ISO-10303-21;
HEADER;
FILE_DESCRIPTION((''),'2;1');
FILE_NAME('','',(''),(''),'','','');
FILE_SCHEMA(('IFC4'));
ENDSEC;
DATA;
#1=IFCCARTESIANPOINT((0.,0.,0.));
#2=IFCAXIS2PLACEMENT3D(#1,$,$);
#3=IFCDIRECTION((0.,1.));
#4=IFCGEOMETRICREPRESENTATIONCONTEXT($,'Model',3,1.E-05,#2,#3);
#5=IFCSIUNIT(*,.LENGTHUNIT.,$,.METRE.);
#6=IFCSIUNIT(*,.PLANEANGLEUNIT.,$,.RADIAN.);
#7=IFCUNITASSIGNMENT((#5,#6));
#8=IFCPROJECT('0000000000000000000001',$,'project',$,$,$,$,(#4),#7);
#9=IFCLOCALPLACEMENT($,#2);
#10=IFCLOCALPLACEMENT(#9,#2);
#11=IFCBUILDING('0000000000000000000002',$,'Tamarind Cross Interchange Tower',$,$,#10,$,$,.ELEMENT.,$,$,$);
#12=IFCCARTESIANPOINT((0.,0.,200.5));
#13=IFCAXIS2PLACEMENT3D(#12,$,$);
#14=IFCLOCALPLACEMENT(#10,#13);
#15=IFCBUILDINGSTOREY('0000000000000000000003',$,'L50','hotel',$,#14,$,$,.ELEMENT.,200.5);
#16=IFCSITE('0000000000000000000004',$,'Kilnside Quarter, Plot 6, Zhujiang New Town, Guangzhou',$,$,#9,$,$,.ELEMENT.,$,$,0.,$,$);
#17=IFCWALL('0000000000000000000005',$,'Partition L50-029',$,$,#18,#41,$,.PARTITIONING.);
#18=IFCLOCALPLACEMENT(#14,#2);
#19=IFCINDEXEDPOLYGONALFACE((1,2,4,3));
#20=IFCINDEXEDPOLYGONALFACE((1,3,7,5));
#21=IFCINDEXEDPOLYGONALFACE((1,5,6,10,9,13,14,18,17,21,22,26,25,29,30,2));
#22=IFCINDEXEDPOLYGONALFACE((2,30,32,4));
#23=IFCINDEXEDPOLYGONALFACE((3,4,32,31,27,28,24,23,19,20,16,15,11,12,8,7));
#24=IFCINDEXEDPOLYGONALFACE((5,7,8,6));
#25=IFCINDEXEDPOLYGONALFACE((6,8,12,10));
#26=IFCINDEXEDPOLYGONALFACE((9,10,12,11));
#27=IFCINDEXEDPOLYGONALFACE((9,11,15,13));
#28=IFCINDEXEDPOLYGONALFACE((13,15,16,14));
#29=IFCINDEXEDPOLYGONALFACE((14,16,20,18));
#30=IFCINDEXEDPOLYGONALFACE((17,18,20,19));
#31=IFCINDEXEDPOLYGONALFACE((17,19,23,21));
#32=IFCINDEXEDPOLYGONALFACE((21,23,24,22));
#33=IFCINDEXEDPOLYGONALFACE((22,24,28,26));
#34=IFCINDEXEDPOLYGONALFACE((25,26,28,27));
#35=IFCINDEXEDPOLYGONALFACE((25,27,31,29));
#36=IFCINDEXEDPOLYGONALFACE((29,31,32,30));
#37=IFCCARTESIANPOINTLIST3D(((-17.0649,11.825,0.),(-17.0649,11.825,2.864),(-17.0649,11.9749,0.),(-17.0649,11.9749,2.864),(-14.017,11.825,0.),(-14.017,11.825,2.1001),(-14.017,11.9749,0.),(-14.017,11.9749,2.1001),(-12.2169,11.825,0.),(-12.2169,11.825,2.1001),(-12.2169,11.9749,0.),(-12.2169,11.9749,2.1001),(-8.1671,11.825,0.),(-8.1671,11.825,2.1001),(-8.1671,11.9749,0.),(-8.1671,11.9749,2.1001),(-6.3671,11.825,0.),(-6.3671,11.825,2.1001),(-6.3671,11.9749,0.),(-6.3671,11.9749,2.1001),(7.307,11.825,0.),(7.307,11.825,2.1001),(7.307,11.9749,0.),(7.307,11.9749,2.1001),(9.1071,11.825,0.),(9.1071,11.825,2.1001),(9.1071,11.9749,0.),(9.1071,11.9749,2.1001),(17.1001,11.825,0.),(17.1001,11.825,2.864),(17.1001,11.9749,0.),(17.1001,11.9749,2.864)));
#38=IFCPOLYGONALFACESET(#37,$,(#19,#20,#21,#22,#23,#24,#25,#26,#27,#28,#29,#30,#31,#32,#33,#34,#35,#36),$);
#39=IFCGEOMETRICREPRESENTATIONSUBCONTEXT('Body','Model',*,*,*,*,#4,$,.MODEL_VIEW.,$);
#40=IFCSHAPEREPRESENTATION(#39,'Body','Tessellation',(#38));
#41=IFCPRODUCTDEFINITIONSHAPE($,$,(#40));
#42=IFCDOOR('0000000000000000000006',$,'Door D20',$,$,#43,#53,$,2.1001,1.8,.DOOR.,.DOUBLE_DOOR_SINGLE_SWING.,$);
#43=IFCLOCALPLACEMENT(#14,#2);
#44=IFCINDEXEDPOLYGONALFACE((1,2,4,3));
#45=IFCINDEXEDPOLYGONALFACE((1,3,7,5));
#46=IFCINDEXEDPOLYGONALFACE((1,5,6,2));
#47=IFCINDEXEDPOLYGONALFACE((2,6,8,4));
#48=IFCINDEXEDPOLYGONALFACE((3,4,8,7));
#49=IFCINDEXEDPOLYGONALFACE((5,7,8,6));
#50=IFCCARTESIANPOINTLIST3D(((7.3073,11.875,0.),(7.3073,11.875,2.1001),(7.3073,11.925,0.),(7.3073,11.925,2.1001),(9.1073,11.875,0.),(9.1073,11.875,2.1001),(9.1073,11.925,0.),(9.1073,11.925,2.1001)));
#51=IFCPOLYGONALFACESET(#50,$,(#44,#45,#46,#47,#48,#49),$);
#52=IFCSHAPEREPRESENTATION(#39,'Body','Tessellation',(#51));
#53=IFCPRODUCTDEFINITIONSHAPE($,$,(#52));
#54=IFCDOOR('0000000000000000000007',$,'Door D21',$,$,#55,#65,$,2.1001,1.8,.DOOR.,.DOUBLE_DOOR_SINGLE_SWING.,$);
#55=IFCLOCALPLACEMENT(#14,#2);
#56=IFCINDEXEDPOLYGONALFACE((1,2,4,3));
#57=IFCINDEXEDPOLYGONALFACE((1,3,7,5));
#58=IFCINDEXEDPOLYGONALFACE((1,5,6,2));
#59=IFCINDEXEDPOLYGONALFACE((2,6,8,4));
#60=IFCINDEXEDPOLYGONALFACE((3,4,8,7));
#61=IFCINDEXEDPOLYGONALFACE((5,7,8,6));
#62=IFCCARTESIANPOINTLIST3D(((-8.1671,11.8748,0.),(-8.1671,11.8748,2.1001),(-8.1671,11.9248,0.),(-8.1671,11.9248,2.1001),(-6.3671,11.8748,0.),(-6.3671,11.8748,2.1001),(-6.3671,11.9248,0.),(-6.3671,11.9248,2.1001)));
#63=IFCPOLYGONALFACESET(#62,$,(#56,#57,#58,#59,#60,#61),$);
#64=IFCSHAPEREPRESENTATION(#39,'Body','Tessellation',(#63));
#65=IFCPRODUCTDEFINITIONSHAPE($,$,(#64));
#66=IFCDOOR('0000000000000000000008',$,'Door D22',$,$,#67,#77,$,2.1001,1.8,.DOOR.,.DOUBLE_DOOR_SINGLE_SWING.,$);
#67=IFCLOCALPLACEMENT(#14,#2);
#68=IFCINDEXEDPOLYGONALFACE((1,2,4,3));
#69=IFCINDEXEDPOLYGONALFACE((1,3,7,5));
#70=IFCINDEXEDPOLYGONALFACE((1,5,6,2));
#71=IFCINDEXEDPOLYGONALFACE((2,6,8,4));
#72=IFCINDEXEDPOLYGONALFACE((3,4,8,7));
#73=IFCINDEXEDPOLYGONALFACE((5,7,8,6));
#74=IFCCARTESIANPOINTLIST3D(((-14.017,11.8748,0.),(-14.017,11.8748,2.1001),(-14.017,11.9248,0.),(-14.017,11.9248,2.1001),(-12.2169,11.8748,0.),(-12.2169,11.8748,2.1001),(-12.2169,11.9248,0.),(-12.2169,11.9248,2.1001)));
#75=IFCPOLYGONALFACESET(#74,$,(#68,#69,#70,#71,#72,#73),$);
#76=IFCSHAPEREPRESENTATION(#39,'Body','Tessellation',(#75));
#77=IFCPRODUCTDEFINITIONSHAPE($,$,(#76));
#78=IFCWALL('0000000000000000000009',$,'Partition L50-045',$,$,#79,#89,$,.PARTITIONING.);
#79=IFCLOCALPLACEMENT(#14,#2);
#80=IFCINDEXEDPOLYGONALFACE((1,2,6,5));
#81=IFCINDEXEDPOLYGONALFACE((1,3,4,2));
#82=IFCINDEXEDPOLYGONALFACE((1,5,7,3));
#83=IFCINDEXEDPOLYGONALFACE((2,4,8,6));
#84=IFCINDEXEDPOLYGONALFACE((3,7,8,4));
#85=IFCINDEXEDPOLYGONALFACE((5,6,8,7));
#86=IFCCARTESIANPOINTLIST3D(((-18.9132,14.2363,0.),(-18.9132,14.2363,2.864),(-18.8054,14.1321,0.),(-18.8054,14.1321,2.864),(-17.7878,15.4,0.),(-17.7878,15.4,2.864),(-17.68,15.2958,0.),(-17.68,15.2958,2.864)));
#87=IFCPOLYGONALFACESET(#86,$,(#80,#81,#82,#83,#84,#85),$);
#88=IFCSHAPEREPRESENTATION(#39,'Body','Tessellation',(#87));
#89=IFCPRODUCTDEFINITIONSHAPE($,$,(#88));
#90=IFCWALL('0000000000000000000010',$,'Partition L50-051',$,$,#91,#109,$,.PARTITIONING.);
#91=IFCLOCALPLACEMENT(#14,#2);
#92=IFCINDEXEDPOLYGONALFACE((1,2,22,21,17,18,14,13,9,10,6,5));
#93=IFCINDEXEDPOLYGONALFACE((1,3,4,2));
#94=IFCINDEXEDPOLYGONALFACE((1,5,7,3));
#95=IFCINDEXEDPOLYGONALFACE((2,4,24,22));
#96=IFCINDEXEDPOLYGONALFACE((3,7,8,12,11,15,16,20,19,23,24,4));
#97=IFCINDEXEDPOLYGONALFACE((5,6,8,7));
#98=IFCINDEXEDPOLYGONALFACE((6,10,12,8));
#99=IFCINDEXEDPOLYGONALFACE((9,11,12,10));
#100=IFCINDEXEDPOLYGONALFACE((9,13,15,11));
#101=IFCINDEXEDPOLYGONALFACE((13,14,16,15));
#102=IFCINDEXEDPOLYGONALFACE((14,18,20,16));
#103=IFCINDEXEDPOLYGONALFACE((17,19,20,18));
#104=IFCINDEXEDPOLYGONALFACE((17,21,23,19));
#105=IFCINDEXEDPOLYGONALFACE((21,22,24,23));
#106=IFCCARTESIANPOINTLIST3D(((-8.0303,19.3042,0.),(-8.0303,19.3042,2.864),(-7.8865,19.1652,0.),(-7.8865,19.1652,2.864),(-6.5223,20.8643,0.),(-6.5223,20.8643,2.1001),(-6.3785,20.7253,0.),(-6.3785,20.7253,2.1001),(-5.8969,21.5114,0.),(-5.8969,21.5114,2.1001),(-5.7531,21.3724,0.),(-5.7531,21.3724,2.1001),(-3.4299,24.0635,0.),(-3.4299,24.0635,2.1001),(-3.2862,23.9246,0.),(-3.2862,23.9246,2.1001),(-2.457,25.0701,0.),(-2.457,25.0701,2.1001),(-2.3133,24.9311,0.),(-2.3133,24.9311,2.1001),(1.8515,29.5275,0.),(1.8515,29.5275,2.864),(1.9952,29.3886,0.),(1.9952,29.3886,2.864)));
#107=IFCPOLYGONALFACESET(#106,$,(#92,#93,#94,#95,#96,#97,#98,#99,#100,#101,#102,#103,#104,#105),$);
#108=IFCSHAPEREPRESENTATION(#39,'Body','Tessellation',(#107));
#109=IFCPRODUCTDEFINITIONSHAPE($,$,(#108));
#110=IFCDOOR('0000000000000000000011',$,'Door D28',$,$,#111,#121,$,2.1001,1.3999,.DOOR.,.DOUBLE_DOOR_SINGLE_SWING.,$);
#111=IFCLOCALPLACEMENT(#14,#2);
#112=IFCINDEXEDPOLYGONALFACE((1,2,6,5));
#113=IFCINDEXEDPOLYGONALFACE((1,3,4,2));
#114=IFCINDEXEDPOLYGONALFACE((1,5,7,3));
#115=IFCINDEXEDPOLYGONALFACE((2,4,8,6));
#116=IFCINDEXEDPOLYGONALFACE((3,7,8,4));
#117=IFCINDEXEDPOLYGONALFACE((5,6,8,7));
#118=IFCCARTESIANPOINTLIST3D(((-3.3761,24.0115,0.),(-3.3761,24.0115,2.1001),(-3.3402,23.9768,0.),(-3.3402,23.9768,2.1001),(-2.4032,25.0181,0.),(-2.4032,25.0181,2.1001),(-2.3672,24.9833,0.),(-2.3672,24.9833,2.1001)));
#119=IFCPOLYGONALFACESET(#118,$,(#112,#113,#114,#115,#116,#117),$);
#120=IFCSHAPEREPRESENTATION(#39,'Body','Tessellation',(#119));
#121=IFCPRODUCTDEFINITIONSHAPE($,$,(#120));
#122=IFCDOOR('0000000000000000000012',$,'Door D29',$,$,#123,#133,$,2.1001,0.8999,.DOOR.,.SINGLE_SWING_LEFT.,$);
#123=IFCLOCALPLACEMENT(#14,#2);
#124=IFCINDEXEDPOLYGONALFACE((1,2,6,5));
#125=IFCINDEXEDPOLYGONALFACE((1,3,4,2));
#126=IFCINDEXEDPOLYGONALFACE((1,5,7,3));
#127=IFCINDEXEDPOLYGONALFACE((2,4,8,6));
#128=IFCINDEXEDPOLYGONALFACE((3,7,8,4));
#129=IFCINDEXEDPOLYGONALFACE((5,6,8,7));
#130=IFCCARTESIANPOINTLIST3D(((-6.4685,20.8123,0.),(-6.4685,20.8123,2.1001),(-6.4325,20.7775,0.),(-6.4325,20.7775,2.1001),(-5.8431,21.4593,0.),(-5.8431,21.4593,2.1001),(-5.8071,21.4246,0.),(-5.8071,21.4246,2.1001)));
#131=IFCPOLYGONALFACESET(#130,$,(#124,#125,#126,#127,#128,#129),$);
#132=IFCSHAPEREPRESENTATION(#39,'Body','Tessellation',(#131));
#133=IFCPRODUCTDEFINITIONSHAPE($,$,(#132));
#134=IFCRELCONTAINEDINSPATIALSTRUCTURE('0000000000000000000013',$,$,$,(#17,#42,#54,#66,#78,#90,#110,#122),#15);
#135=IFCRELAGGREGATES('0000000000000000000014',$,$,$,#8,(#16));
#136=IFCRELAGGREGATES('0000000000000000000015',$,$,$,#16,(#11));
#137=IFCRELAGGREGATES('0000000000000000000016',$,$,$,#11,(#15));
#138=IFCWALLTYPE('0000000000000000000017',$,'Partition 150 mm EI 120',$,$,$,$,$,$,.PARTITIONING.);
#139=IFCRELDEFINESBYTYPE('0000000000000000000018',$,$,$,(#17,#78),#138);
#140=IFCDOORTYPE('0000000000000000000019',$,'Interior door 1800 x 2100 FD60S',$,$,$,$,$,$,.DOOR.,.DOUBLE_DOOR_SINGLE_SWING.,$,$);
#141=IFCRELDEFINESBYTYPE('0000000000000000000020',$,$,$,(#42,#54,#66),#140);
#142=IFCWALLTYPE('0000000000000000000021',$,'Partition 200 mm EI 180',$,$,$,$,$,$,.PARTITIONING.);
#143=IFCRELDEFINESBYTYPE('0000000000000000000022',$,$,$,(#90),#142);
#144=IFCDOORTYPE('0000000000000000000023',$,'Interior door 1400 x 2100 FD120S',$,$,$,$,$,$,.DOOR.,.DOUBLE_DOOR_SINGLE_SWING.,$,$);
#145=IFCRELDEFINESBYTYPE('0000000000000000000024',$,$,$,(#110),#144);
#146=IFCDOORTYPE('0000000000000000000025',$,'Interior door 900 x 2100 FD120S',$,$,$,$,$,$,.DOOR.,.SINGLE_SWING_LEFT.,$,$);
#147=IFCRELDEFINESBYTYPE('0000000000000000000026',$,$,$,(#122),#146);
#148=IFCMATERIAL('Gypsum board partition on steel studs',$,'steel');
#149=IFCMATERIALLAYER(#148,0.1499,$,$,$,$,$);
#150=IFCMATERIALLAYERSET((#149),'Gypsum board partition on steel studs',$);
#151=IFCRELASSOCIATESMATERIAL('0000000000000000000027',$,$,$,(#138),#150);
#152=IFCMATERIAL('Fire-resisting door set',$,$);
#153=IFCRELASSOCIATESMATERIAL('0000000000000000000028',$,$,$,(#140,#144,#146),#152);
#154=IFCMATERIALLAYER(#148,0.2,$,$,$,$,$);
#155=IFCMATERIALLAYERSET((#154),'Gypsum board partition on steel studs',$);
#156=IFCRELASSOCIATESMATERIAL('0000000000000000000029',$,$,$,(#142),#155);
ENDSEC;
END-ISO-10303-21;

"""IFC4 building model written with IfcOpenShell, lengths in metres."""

from ifc_helpers import new_model, si_unit, direction, frame, frame_2d, origin, place, context, subcontext, project, spatial, rectangle, extrude, material, layer, layer_set, type_object, element, fill, save


model = new_model("IFC4")

# Units and contexts
model_context = context("Model", 3, precision=1e-05, world=origin(), true_north=direction((0.0, 1.0)))
body_context = subcontext(model_context, "Body", "Model", "MODEL_VIEW")
ifc_project = project(units=[si_unit("LENGTHUNIT", "METRE"), si_unit("PLANEANGLEUNIT", "RADIAN")], contexts=[model_context])

# Site, building, storey
site_placement = place(None, origin())
site = spatial("IfcSite", under=ifc_project, at=site_placement, Name="Kilnside Quarter, Plot 6, Zhujiang New Town, Guangzhou", CompositionType="ELEMENT", RefElevation=0.0)
building_placement = place(site_placement, origin())
building = spatial("IfcBuilding", under=site, at=building_placement, Name="Tamarind Cross Interchange Tower", CompositionType="ELEMENT")
storey_placement = place(building_placement, frame((0.0, 0.0, 200.5)))
storey = spatial("IfcBuildingStorey", under=building, at=storey_placement, Name="L50", Description="hotel", CompositionType="ELEMENT", Elevation=200.5)

# Shared definitions
ifc_material_1 = material(Name="Gypsum board partition on steel studs", Category="steel")
ifc_layer_1 = layer(ifc_material_1, 0.1499)
ifc_layer_set_1 = layer_set([ifc_layer_1], Name="Gypsum board partition on steel studs")
wall_type_1 = type_object("IfcWallType", Name="Partition 150 mm EI 120", PredefinedType="PARTITIONING", material=ifc_layer_set_1)

# Wall, openings, doors
wall_1_placement = place(storey_placement, frame((-17.0649, 11.8999, 0.0), z_axis=(0.0, 0.0, 1.0), x_axis=(1.0, 0.0, 0.0)))
wall_1 = element("IfcWall", 1, at=wall_1_placement, inside=storey, type_object=wall_type_1, Name="Partition L50-029", PredefinedType="PARTITIONING", context=body_context, shape_type="SweptSolid", body=[
    extrude(rectangle(XDim=34.165, YDim=0.1499, at=frame_2d((17.0825, 0.0))), origin(), (0.0, 0.0, 1.0), 2.864),
])
opening_1_placement = place(wall_1_placement, frame((24.3721, 0.0, 0.0)))
opening_1 = element("IfcOpeningElement", 2, at=opening_1_placement, cuts=wall_1, PredefinedType="OPENING", context=body_context, shape_type="SweptSolid", body=[
    extrude(rectangle(XDim=1.8, YDim=2.1001, at=frame_2d((0.8999, 1.05))), frame((0.0, 0.085, 0.0), z_axis=(0.0, -1.0, 0.0), x_axis=(1.0, 0.0, 0.0)), (0.0, 0.0, 1.0), 0.1699),
])
opening_2_placement = place(wall_1_placement, frame((8.8979, 0.0, 0.0)))
opening_2 = element("IfcOpeningElement", 3, at=opening_2_placement, cuts=wall_1, PredefinedType="OPENING", context=body_context, shape_type="SweptSolid", body=[
    extrude(rectangle(XDim=1.8, YDim=2.1001, at=frame_2d((0.8999, 1.05))), frame((0.0, 0.085, 0.0), z_axis=(0.0, -1.0, 0.0), x_axis=(1.0, 0.0, 0.0)), (0.0, 0.0, 1.0), 0.1699),
])
opening_3_placement = place(wall_1_placement, frame((3.0481, 0.0, 0.0)))
opening_3 = element("IfcOpeningElement", 4, at=opening_3_placement, cuts=wall_1, PredefinedType="OPENING", context=body_context, shape_type="SweptSolid", body=[
    extrude(rectangle(XDim=1.8, YDim=2.1001, at=frame_2d((0.8999, 1.05))), frame((0.0, 0.085, 0.0), z_axis=(0.0, -1.0, 0.0), x_axis=(1.0, 0.0, 0.0)), (0.0, 0.0, 1.0), 0.1699),
])
ifc_material_2 = material(Name="Fire-resisting door set")
door_type_1 = type_object("IfcDoorType", Name="Interior door 1800 x 2100 FD60S", OperationType="DOUBLE_DOOR_SINGLE_SWING", PredefinedType="DOOR", material=ifc_material_2)
door_1_placement = place(opening_1_placement, frame((1.8, 0.0, 0.0), z_axis=(0.0, 0.0, 1.0), x_axis=(-1.0, 0.0, 0.0)))
door_1 = element("IfcDoor", 5, at=door_1_placement, inside=storey, type_object=door_type_1, Name="Door D20", OperationType="DOUBLE_DOOR_SINGLE_SWING", OverallHeight=2.1001, OverallWidth=1.8, PredefinedType="DOOR", context=body_context, shape_type="SweptSolid", body=[
    extrude(rectangle(XDim=1.8, YDim=2.1001, at=frame_2d((0.8999, 1.05))), frame((0.0, 0.0249, 0.0), z_axis=(0.0, -1.0, 0.0), x_axis=(1.0, 0.0, 0.0)), (0.0, 0.0, 1.0), 0.05),
])
fill(opening_1, door_1)
door_2_placement = place(opening_2_placement, origin())
door_2 = element("IfcDoor", 6, at=door_2_placement, inside=storey, type_object=door_type_1, Name="Door D21", OperationType="DOUBLE_DOOR_SINGLE_SWING", OverallHeight=2.1001, OverallWidth=1.8, PredefinedType="DOOR", context=body_context, shape_type="SweptSolid", body=[
    extrude(rectangle(XDim=1.8, YDim=2.1001, at=frame_2d((0.8999, 1.05))), frame((0.0, 0.0249, 0.0), z_axis=(0.0, -1.0, 0.0), x_axis=(1.0, 0.0, 0.0)), (0.0, 0.0, 1.0), 0.05),
])
fill(opening_2, door_2)
door_3_placement = place(opening_3_placement, origin())
door_3 = element("IfcDoor", 7, at=door_3_placement, inside=storey, type_object=door_type_1, Name="Door D22", OperationType="DOUBLE_DOOR_SINGLE_SWING", OverallHeight=2.1001, OverallWidth=1.8, PredefinedType="DOOR", context=body_context, shape_type="SweptSolid", body=[
    extrude(rectangle(XDim=1.8, YDim=2.1001, at=frame_2d((0.8999, 1.05))), frame((0.0, 0.0249, 0.0), z_axis=(0.0, -1.0, 0.0), x_axis=(1.0, 0.0, 0.0)), (0.0, 0.0, 1.0), 0.05),
])
fill(opening_3, door_3)

# Wall
wall_2_placement = place(storey_placement, frame((-18.8594, 14.1841, 0.0), z_axis=(0.0, 0.0, 1.0), x_axis=(0.69517, 0.718845, 0.0)))
element("IfcWall", 8, at=wall_2_placement, inside=storey, type_object=wall_type_1, Name="Partition L50-045", PredefinedType="PARTITIONING", context=body_context, shape_type="SweptSolid", body=[
    extrude(rectangle(XDim=1.6189, YDim=0.1499, at=frame_2d((0.8096, 0.0))), origin(), (0.0, 0.0, 1.0), 2.864),
])

# Wall, openings, doors
ifc_layer_2 = layer(ifc_material_1, 0.2)
ifc_layer_set_2 = layer_set([ifc_layer_2], Name="Gypsum board partition on steel studs")
wall_type_2 = type_object("IfcWallType", Name="Partition 200 mm EI 180", PredefinedType="PARTITIONING", material=ifc_layer_set_2)
wall_3_placement = place(storey_placement, frame((-7.9585, 19.2346, 0.0), z_axis=(0.0, 0.0, 1.0), x_axis=(0.694994, 0.719016, 0.0)))
wall_3 = element("IfcWall", 9, at=wall_3_placement, inside=storey, type_object=wall_type_2, Name="Partition L50-051", PredefinedType="PARTITIONING", context=body_context, shape_type="SweptSolid", body=[
    extrude(rectangle(XDim=14.2185, YDim=0.2, at=frame_2d((7.1094, 0.0))), origin(), (0.0, 0.0, 1.0), 2.864),
])
opening_4_placement = place(wall_3_placement, frame((6.6194, 0.0, 0.0)))
opening_4 = element("IfcOpeningElement", 10, at=opening_4_placement, cuts=wall_3, PredefinedType="OPENING", context=body_context, shape_type="SweptSolid", body=[
    extrude(rectangle(XDim=1.3999, YDim=2.1001, at=frame_2d((0.7, 1.05))), frame((0.0, 0.1099, 0.0), z_axis=(0.0, -1.0, 0.0), x_axis=(1.0, 0.0, 0.0)), (0.0, 0.0, 1.0), 0.22),
])
opening_5_placement = place(wall_3_placement, frame((2.1699, 0.0, 0.0)))
opening_5 = element("IfcOpeningElement", 11, at=opening_5_placement, cuts=wall_3, PredefinedType="OPENING", context=body_context, shape_type="SweptSolid", body=[
    extrude(rectangle(XDim=0.8999, YDim=2.1001, at=frame_2d((0.45, 1.05))), frame((0.0, 0.1099, 0.0), z_axis=(0.0, -1.0, 0.0), x_axis=(1.0, 0.0, 0.0)), (0.0, 0.0, 1.0), 0.22),
])
door_type_2 = type_object("IfcDoorType", Name="Interior door 1400 x 2100 FD120S", OperationType="DOUBLE_DOOR_SINGLE_SWING", PredefinedType="DOOR", material=ifc_material_2)
door_4_placement = place(opening_4_placement, frame((1.3999, 0.0, 0.0), z_axis=(0.0, 0.0, 1.0), x_axis=(-1.0, 0.0, 0.0)))
door_4 = element("IfcDoor", 12, at=door_4_placement, inside=storey, type_object=door_type_2, Name="Door D28", OperationType="DOUBLE_DOOR_SINGLE_SWING", OverallHeight=2.1001, OverallWidth=1.3999, PredefinedType="DOOR", context=body_context, shape_type="SweptSolid", body=[
    extrude(rectangle(XDim=1.3999, YDim=2.1001, at=frame_2d((0.7, 1.05))), frame((0.0, 0.0249, 0.0), z_axis=(0.0, -1.0, 0.0), x_axis=(1.0, 0.0, 0.0)), (0.0, 0.0, 1.0), 0.05),
])
fill(opening_4, door_4)
door_type_3 = type_object("IfcDoorType", Name="Interior door 900 x 2100 FD120S", OperationType="SINGLE_SWING_LEFT", PredefinedType="DOOR", material=ifc_material_2)
door_5_placement = place(opening_5_placement, frame((0.8999, 0.0, 0.0), z_axis=(0.0, 0.0, 1.0), x_axis=(-1.0, 0.0, 0.0)))
door_5 = element("IfcDoor", 13, at=door_5_placement, inside=storey, type_object=door_type_3, Name="Door D29", OperationType="SINGLE_SWING_LEFT", OverallHeight=2.1001, OverallWidth=0.8999, PredefinedType="DOOR", context=body_context, shape_type="SweptSolid", body=[
    extrude(rectangle(XDim=0.8999, YDim=2.1001, at=frame_2d((0.45, 1.05))), frame((0.0, 0.0249, 0.0), z_axis=(0.0, -1.0, 0.0), x_axis=(1.0, 0.0, 0.0)), (0.0, 0.0, 1.0), 0.05),
])
fill(opening_5, door_5)

save(model, "model.ifc")
